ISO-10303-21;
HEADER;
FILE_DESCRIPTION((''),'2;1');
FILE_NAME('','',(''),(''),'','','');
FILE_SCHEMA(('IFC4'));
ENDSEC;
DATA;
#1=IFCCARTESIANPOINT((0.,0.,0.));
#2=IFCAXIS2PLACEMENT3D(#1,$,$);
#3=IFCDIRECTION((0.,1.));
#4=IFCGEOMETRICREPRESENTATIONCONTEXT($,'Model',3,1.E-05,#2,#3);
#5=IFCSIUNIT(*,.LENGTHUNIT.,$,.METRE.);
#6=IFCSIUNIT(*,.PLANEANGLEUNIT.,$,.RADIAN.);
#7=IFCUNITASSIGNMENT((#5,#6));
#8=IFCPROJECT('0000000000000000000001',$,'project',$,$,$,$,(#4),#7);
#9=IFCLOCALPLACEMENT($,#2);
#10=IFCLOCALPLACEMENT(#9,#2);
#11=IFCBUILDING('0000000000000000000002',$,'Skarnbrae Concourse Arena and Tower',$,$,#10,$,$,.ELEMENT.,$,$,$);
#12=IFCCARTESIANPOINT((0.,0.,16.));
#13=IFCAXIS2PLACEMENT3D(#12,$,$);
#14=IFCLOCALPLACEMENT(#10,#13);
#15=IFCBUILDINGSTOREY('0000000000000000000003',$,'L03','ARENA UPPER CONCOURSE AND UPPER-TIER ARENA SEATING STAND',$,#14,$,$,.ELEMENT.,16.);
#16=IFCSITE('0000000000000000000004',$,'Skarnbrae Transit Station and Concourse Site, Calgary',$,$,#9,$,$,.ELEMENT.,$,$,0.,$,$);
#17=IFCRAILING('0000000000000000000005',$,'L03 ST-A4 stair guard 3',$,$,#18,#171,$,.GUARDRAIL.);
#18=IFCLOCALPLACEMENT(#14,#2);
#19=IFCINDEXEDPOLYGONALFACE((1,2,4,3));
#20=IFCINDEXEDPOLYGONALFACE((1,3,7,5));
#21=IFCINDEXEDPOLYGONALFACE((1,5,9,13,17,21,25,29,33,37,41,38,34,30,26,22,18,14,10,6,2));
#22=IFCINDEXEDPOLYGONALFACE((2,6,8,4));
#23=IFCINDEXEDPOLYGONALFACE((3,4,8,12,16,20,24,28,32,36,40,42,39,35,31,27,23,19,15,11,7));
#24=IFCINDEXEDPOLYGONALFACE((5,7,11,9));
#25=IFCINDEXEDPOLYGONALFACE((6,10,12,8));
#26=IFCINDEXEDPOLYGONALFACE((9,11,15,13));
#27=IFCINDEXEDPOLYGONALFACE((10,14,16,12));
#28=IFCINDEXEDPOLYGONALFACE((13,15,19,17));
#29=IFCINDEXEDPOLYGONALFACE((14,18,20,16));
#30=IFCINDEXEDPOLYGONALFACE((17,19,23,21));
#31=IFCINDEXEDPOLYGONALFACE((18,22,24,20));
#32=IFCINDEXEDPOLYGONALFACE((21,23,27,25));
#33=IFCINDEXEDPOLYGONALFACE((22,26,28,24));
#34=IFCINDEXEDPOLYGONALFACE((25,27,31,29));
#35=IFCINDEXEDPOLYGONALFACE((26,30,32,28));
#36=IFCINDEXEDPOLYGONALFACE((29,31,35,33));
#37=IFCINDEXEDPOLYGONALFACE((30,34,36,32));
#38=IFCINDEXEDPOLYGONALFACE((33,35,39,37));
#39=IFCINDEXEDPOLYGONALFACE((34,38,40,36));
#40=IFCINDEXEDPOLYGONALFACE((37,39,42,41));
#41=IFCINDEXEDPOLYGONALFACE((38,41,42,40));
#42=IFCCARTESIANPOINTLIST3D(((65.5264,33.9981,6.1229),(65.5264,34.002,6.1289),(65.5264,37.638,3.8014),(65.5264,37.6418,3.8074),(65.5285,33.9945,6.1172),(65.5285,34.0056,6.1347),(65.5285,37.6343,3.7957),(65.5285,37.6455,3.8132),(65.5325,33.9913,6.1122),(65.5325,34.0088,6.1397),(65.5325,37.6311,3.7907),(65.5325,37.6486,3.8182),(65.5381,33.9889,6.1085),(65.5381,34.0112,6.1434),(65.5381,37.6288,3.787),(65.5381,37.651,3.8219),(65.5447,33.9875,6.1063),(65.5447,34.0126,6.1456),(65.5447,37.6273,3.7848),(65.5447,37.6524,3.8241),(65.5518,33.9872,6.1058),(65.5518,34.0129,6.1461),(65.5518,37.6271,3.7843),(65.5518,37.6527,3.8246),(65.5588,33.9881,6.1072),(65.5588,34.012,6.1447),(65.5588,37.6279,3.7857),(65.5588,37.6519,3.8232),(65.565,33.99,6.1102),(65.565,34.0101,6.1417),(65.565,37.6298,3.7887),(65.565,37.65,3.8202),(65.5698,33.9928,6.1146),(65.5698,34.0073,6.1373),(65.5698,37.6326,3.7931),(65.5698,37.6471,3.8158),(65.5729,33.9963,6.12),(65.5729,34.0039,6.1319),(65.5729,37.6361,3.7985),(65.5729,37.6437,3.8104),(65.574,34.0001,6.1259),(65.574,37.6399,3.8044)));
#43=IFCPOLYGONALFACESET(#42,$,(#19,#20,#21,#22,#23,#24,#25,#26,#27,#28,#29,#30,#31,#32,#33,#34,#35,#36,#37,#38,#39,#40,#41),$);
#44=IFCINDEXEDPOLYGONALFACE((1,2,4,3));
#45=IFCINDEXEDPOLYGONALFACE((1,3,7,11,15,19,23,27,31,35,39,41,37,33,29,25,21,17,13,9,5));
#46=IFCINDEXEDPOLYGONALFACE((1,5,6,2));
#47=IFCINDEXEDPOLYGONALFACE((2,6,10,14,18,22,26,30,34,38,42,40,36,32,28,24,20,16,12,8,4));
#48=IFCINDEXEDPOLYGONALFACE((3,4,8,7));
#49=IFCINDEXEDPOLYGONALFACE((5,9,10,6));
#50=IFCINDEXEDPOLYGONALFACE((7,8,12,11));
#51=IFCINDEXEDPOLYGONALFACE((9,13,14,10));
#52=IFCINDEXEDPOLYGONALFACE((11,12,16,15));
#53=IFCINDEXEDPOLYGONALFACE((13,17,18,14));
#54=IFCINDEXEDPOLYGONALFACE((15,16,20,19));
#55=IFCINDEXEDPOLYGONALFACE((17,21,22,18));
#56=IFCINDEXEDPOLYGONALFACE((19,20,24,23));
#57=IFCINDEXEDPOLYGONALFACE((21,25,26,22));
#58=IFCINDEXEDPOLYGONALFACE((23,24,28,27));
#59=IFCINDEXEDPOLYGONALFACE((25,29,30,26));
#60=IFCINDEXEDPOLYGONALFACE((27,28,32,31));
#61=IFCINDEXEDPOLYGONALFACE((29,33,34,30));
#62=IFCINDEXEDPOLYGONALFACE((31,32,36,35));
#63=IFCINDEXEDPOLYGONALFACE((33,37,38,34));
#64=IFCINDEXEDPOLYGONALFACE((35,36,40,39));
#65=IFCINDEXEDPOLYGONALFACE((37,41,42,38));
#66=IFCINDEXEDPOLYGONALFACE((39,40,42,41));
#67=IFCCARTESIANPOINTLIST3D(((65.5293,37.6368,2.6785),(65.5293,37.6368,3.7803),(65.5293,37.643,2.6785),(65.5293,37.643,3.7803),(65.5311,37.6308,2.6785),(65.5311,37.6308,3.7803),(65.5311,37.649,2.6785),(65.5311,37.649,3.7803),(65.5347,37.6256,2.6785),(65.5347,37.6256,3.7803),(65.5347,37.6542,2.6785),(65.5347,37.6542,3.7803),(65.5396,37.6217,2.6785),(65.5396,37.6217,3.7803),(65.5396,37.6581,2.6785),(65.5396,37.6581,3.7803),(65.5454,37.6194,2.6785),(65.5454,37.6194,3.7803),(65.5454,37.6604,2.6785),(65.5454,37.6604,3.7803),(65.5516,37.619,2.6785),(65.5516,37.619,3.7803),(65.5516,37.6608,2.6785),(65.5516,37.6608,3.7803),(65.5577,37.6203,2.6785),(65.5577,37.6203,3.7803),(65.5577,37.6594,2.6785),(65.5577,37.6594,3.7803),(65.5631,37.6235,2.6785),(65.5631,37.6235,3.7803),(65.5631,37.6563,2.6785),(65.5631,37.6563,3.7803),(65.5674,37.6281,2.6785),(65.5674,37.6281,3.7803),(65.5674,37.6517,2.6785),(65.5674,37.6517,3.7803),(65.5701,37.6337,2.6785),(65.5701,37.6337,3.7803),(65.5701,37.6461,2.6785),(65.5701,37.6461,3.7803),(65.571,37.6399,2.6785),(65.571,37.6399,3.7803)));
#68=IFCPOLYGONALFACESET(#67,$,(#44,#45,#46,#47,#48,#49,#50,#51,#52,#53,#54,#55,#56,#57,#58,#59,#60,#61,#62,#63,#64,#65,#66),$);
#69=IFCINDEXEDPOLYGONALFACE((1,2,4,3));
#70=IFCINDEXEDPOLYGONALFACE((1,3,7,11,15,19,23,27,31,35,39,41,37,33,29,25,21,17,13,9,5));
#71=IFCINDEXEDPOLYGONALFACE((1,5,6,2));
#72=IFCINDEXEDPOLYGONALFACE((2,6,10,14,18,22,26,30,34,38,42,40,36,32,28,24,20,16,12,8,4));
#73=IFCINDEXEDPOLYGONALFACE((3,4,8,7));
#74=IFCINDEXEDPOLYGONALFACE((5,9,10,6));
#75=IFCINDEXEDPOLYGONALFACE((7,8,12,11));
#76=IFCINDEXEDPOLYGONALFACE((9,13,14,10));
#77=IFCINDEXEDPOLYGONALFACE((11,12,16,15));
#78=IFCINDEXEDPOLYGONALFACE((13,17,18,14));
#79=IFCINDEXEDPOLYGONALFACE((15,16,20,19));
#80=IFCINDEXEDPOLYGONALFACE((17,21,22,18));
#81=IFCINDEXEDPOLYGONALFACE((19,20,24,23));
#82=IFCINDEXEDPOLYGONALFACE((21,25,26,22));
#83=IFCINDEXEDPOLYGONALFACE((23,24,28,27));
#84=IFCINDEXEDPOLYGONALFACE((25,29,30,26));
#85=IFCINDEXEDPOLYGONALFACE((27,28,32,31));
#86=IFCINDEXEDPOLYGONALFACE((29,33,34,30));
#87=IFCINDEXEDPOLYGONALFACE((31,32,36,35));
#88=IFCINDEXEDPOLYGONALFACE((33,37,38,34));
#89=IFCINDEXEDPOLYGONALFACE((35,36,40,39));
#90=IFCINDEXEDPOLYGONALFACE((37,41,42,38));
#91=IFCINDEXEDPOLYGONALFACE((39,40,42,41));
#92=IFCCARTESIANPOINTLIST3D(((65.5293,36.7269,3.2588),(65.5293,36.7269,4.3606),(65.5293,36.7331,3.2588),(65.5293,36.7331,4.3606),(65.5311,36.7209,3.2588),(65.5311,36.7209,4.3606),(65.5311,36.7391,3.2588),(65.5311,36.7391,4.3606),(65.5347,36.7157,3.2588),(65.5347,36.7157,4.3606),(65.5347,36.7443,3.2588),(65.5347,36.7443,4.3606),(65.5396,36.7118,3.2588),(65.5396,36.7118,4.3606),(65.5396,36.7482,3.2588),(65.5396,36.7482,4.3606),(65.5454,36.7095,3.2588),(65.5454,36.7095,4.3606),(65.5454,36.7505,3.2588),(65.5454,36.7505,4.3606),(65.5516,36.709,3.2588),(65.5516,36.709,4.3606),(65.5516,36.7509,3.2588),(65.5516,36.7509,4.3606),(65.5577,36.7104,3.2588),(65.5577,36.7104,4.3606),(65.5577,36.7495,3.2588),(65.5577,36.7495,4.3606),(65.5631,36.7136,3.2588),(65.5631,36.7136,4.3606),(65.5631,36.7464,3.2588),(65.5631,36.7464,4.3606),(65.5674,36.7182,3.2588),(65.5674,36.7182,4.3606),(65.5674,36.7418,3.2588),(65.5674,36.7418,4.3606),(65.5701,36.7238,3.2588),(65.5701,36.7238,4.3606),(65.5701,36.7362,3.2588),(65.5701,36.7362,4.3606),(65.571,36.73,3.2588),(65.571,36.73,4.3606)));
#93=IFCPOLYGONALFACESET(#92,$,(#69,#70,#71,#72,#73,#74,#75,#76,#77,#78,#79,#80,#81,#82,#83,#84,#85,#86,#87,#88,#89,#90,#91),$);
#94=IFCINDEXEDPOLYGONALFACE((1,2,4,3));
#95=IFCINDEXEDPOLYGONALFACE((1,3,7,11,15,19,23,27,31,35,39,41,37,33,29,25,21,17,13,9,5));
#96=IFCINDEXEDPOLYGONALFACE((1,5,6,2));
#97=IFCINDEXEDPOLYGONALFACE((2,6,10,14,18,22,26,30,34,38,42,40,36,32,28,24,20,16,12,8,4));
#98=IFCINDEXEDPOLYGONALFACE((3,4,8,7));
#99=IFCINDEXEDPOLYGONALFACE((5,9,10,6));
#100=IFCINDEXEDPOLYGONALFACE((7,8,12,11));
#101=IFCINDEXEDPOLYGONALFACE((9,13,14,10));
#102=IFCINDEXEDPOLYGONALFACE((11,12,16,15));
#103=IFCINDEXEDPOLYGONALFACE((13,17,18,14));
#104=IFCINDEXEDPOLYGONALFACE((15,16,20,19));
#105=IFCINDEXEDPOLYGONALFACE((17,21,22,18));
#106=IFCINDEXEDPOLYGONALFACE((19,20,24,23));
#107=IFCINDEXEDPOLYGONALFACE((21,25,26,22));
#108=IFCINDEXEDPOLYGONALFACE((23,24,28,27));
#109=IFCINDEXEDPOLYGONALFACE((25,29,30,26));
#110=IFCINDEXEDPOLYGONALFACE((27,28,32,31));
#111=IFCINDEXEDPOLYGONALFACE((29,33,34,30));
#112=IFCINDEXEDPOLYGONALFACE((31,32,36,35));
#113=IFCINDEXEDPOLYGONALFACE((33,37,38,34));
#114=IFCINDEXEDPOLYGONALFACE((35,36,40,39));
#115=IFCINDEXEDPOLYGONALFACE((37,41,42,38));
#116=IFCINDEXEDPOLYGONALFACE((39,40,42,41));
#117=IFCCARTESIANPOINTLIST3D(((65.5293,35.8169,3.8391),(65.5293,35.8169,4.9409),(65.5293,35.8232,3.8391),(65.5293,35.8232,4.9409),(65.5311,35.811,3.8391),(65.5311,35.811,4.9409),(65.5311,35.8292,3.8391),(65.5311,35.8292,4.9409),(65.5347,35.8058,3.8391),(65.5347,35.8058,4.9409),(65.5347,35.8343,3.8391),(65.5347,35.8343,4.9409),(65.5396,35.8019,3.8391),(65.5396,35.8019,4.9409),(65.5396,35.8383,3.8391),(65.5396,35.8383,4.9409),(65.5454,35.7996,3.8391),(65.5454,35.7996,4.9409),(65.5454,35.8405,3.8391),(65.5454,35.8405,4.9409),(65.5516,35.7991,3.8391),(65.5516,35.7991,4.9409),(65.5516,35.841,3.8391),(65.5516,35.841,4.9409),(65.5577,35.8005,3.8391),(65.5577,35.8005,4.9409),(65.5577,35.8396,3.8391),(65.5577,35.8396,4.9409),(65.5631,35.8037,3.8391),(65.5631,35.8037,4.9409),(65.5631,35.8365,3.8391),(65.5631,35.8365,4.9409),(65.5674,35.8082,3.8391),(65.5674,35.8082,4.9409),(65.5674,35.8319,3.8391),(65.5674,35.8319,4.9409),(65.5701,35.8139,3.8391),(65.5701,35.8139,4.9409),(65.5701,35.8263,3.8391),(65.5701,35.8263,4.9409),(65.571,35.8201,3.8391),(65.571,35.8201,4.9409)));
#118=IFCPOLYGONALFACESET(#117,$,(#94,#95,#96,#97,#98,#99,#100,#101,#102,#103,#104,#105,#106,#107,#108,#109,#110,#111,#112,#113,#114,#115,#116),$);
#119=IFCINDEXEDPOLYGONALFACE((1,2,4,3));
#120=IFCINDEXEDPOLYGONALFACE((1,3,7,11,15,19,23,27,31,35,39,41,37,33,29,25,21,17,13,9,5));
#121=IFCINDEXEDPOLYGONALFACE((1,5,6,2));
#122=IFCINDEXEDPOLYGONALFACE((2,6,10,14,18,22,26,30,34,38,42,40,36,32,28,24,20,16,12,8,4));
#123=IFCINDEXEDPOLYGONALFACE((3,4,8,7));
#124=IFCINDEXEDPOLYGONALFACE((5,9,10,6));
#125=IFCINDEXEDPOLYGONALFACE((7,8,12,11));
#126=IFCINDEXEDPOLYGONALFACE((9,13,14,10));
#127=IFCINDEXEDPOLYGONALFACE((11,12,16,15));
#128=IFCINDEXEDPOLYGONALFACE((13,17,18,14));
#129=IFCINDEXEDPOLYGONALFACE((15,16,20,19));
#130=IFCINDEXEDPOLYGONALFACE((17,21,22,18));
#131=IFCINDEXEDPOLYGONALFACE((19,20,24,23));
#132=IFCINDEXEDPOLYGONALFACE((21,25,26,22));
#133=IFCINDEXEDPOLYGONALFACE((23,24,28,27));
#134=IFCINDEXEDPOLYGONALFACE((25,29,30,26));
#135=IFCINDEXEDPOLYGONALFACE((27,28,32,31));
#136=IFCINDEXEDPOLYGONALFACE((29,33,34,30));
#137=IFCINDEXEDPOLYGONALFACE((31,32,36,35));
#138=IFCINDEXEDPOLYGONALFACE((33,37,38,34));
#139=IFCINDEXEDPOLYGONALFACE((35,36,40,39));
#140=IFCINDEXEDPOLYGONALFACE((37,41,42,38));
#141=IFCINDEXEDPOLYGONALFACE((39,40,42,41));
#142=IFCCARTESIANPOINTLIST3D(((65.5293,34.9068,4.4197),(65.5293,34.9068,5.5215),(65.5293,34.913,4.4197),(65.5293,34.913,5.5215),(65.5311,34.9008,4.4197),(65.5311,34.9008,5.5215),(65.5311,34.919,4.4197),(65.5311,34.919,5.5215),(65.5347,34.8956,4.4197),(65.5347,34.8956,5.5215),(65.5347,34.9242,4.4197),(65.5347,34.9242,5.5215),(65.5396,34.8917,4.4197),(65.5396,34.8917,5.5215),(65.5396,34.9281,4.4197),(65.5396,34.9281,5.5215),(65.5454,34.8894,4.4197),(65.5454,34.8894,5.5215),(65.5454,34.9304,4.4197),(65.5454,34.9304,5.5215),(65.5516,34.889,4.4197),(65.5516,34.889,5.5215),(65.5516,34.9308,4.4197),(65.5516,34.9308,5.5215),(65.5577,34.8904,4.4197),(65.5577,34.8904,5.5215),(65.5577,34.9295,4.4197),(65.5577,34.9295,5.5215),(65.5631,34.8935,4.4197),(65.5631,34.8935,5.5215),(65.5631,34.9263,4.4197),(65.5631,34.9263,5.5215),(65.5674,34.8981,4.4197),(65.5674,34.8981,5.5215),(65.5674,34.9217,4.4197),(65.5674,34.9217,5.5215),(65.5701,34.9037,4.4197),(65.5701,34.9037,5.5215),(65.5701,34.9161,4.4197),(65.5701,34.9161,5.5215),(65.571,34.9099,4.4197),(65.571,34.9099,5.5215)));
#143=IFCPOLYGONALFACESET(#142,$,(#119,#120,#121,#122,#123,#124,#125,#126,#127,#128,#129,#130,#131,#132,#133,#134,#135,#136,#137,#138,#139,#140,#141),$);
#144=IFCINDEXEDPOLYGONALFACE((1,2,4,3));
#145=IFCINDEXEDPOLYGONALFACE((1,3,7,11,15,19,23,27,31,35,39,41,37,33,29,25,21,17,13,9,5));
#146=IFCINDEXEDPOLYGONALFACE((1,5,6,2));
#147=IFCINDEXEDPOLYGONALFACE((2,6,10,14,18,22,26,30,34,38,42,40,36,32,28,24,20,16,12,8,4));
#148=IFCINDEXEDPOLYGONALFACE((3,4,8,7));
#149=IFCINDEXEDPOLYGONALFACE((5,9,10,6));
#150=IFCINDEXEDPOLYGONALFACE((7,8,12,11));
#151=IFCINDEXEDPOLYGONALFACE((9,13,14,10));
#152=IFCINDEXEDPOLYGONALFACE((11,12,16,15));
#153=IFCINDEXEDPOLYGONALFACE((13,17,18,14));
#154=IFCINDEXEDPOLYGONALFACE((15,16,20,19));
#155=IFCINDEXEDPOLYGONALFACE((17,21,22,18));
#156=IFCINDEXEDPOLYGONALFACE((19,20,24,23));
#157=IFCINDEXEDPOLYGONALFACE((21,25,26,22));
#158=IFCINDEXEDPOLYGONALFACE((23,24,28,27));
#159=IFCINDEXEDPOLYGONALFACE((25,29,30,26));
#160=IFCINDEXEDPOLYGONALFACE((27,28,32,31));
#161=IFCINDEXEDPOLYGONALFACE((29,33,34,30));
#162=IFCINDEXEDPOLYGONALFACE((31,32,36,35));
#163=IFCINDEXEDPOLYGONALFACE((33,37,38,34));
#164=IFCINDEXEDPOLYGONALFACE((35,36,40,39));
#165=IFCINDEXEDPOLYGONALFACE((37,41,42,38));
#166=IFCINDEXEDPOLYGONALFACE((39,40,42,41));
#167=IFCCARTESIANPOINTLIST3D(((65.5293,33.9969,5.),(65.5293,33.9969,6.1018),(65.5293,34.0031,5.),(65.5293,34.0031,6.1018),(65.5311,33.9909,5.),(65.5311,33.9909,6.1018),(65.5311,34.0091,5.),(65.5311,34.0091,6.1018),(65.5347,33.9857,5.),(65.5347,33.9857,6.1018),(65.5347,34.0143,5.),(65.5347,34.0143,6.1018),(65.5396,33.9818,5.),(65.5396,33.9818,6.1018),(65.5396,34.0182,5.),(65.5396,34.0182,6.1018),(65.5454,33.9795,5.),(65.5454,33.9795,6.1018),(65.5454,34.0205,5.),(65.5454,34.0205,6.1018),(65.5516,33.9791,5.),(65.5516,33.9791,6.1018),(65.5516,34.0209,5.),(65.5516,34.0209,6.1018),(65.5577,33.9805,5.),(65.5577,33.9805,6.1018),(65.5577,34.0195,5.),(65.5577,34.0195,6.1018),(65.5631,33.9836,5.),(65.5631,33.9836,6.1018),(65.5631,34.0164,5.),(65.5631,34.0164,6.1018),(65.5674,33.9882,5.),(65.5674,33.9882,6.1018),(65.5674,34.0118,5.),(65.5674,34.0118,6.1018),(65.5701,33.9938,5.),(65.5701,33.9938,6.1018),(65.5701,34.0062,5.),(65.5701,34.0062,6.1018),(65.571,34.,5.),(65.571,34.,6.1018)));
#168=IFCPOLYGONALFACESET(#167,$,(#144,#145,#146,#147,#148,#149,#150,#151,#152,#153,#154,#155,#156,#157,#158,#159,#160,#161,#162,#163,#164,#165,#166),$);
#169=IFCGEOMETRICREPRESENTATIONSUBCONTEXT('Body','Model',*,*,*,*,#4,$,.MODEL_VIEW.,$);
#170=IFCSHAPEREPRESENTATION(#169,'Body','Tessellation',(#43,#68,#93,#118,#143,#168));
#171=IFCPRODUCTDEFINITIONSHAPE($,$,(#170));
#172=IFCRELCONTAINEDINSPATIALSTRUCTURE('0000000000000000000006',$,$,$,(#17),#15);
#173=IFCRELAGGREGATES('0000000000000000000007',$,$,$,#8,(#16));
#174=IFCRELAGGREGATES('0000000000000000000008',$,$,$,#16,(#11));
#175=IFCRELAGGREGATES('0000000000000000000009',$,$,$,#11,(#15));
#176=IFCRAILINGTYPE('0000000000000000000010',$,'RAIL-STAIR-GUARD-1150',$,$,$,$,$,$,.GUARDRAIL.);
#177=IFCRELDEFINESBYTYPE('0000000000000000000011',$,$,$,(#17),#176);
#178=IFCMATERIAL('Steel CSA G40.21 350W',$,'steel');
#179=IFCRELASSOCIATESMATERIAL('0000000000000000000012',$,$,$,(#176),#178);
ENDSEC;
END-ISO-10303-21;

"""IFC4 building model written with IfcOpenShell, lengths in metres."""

from ifc_helpers import new_model, si_unit, direction, frame, origin, origin_2d, place, context, subcontext, project, spatial, circle, extrude, material, type_object, element, save


model = new_model("IFC4")

# Units and contexts
model_context = context("Model", 3, precision=1e-05, world=origin(), true_north=direction((0.0, 1.0)))
body_context = subcontext(model_context, "Body", "Model", "MODEL_VIEW")
ifc_project = project(units=[si_unit("LENGTHUNIT", "METRE"), si_unit("PLANEANGLEUNIT", "RADIAN")], contexts=[model_context])

# Site, building, storey
site_placement = place(None, origin())
site = spatial("IfcSite", under=ifc_project, at=site_placement, Name="Skarnbrae Transit Station and Concourse Site, Calgary", CompositionType="ELEMENT", RefElevation=0.0)
building_placement = place(site_placement, origin())
building = spatial("IfcBuilding", under=site, at=building_placement, Name="Skarnbrae Concourse Arena and Tower", CompositionType="ELEMENT")
storey_placement = place(building_placement, frame((0.0, 0.0, 16.0)))
storey = spatial("IfcBuildingStorey", under=building, at=storey_placement, Name="L03", Description="ARENA UPPER CONCOURSE AND UPPER-TIER ARENA SEATING STAND", CompositionType="ELEMENT", Elevation=16.0)

# Shared definitions
ifc_material_1 = material(Name="Steel CSA G40.21 350W", Category="steel")

# Railing
railing_type_1 = type_object("IfcRailingType", Name="RAIL-STAIR-GUARD-1150", PredefinedType="GUARDRAIL", material=ifc_material_1)
railing_1_placement = place(storey_placement, frame((65.55, 37.6399, 2.6785)))
element("IfcRailing", 1, at=railing_1_placement, inside=storey, type_object=railing_type_1, Name="L03 ST-A4 stair guard 3", PredefinedType="GUARDRAIL", context=body_context, shape_type="SweptSolid", body=[
    extrude(circle(Radius=0.0239, at=origin_2d()), frame((0.0, 0.0, 1.126), z_axis=(0.0, -0.843112, 0.537739), x_axis=(1.0, 0.0, 0.0)), (0.0, 0.0, 1.0), 4.3171),
    extrude(circle(Radius=0.021, at=origin_2d()), origin(), (0.0, 0.0, 1.0), 1.1018),
    extrude(circle(Radius=0.021, at=origin_2d()), frame((0.0, -0.9099, 0.5803)), (0.0, 0.0, 1.0), 1.1018),
    extrude(circle(Radius=0.021, at=origin_2d()), frame((0.0, -1.8198, 1.1606)), (0.0, 0.0, 1.0), 1.1018),
    extrude(circle(Radius=0.021, at=origin_2d()), frame((0.0, -2.73, 1.7412)), (0.0, 0.0, 1.0), 1.1018),
    extrude(circle(Radius=0.021, at=origin_2d()), frame((0.0, -3.6399, 2.3215)), (0.0, 0.0, 1.0), 1.1018),
])

save(model, "model.ifc")
